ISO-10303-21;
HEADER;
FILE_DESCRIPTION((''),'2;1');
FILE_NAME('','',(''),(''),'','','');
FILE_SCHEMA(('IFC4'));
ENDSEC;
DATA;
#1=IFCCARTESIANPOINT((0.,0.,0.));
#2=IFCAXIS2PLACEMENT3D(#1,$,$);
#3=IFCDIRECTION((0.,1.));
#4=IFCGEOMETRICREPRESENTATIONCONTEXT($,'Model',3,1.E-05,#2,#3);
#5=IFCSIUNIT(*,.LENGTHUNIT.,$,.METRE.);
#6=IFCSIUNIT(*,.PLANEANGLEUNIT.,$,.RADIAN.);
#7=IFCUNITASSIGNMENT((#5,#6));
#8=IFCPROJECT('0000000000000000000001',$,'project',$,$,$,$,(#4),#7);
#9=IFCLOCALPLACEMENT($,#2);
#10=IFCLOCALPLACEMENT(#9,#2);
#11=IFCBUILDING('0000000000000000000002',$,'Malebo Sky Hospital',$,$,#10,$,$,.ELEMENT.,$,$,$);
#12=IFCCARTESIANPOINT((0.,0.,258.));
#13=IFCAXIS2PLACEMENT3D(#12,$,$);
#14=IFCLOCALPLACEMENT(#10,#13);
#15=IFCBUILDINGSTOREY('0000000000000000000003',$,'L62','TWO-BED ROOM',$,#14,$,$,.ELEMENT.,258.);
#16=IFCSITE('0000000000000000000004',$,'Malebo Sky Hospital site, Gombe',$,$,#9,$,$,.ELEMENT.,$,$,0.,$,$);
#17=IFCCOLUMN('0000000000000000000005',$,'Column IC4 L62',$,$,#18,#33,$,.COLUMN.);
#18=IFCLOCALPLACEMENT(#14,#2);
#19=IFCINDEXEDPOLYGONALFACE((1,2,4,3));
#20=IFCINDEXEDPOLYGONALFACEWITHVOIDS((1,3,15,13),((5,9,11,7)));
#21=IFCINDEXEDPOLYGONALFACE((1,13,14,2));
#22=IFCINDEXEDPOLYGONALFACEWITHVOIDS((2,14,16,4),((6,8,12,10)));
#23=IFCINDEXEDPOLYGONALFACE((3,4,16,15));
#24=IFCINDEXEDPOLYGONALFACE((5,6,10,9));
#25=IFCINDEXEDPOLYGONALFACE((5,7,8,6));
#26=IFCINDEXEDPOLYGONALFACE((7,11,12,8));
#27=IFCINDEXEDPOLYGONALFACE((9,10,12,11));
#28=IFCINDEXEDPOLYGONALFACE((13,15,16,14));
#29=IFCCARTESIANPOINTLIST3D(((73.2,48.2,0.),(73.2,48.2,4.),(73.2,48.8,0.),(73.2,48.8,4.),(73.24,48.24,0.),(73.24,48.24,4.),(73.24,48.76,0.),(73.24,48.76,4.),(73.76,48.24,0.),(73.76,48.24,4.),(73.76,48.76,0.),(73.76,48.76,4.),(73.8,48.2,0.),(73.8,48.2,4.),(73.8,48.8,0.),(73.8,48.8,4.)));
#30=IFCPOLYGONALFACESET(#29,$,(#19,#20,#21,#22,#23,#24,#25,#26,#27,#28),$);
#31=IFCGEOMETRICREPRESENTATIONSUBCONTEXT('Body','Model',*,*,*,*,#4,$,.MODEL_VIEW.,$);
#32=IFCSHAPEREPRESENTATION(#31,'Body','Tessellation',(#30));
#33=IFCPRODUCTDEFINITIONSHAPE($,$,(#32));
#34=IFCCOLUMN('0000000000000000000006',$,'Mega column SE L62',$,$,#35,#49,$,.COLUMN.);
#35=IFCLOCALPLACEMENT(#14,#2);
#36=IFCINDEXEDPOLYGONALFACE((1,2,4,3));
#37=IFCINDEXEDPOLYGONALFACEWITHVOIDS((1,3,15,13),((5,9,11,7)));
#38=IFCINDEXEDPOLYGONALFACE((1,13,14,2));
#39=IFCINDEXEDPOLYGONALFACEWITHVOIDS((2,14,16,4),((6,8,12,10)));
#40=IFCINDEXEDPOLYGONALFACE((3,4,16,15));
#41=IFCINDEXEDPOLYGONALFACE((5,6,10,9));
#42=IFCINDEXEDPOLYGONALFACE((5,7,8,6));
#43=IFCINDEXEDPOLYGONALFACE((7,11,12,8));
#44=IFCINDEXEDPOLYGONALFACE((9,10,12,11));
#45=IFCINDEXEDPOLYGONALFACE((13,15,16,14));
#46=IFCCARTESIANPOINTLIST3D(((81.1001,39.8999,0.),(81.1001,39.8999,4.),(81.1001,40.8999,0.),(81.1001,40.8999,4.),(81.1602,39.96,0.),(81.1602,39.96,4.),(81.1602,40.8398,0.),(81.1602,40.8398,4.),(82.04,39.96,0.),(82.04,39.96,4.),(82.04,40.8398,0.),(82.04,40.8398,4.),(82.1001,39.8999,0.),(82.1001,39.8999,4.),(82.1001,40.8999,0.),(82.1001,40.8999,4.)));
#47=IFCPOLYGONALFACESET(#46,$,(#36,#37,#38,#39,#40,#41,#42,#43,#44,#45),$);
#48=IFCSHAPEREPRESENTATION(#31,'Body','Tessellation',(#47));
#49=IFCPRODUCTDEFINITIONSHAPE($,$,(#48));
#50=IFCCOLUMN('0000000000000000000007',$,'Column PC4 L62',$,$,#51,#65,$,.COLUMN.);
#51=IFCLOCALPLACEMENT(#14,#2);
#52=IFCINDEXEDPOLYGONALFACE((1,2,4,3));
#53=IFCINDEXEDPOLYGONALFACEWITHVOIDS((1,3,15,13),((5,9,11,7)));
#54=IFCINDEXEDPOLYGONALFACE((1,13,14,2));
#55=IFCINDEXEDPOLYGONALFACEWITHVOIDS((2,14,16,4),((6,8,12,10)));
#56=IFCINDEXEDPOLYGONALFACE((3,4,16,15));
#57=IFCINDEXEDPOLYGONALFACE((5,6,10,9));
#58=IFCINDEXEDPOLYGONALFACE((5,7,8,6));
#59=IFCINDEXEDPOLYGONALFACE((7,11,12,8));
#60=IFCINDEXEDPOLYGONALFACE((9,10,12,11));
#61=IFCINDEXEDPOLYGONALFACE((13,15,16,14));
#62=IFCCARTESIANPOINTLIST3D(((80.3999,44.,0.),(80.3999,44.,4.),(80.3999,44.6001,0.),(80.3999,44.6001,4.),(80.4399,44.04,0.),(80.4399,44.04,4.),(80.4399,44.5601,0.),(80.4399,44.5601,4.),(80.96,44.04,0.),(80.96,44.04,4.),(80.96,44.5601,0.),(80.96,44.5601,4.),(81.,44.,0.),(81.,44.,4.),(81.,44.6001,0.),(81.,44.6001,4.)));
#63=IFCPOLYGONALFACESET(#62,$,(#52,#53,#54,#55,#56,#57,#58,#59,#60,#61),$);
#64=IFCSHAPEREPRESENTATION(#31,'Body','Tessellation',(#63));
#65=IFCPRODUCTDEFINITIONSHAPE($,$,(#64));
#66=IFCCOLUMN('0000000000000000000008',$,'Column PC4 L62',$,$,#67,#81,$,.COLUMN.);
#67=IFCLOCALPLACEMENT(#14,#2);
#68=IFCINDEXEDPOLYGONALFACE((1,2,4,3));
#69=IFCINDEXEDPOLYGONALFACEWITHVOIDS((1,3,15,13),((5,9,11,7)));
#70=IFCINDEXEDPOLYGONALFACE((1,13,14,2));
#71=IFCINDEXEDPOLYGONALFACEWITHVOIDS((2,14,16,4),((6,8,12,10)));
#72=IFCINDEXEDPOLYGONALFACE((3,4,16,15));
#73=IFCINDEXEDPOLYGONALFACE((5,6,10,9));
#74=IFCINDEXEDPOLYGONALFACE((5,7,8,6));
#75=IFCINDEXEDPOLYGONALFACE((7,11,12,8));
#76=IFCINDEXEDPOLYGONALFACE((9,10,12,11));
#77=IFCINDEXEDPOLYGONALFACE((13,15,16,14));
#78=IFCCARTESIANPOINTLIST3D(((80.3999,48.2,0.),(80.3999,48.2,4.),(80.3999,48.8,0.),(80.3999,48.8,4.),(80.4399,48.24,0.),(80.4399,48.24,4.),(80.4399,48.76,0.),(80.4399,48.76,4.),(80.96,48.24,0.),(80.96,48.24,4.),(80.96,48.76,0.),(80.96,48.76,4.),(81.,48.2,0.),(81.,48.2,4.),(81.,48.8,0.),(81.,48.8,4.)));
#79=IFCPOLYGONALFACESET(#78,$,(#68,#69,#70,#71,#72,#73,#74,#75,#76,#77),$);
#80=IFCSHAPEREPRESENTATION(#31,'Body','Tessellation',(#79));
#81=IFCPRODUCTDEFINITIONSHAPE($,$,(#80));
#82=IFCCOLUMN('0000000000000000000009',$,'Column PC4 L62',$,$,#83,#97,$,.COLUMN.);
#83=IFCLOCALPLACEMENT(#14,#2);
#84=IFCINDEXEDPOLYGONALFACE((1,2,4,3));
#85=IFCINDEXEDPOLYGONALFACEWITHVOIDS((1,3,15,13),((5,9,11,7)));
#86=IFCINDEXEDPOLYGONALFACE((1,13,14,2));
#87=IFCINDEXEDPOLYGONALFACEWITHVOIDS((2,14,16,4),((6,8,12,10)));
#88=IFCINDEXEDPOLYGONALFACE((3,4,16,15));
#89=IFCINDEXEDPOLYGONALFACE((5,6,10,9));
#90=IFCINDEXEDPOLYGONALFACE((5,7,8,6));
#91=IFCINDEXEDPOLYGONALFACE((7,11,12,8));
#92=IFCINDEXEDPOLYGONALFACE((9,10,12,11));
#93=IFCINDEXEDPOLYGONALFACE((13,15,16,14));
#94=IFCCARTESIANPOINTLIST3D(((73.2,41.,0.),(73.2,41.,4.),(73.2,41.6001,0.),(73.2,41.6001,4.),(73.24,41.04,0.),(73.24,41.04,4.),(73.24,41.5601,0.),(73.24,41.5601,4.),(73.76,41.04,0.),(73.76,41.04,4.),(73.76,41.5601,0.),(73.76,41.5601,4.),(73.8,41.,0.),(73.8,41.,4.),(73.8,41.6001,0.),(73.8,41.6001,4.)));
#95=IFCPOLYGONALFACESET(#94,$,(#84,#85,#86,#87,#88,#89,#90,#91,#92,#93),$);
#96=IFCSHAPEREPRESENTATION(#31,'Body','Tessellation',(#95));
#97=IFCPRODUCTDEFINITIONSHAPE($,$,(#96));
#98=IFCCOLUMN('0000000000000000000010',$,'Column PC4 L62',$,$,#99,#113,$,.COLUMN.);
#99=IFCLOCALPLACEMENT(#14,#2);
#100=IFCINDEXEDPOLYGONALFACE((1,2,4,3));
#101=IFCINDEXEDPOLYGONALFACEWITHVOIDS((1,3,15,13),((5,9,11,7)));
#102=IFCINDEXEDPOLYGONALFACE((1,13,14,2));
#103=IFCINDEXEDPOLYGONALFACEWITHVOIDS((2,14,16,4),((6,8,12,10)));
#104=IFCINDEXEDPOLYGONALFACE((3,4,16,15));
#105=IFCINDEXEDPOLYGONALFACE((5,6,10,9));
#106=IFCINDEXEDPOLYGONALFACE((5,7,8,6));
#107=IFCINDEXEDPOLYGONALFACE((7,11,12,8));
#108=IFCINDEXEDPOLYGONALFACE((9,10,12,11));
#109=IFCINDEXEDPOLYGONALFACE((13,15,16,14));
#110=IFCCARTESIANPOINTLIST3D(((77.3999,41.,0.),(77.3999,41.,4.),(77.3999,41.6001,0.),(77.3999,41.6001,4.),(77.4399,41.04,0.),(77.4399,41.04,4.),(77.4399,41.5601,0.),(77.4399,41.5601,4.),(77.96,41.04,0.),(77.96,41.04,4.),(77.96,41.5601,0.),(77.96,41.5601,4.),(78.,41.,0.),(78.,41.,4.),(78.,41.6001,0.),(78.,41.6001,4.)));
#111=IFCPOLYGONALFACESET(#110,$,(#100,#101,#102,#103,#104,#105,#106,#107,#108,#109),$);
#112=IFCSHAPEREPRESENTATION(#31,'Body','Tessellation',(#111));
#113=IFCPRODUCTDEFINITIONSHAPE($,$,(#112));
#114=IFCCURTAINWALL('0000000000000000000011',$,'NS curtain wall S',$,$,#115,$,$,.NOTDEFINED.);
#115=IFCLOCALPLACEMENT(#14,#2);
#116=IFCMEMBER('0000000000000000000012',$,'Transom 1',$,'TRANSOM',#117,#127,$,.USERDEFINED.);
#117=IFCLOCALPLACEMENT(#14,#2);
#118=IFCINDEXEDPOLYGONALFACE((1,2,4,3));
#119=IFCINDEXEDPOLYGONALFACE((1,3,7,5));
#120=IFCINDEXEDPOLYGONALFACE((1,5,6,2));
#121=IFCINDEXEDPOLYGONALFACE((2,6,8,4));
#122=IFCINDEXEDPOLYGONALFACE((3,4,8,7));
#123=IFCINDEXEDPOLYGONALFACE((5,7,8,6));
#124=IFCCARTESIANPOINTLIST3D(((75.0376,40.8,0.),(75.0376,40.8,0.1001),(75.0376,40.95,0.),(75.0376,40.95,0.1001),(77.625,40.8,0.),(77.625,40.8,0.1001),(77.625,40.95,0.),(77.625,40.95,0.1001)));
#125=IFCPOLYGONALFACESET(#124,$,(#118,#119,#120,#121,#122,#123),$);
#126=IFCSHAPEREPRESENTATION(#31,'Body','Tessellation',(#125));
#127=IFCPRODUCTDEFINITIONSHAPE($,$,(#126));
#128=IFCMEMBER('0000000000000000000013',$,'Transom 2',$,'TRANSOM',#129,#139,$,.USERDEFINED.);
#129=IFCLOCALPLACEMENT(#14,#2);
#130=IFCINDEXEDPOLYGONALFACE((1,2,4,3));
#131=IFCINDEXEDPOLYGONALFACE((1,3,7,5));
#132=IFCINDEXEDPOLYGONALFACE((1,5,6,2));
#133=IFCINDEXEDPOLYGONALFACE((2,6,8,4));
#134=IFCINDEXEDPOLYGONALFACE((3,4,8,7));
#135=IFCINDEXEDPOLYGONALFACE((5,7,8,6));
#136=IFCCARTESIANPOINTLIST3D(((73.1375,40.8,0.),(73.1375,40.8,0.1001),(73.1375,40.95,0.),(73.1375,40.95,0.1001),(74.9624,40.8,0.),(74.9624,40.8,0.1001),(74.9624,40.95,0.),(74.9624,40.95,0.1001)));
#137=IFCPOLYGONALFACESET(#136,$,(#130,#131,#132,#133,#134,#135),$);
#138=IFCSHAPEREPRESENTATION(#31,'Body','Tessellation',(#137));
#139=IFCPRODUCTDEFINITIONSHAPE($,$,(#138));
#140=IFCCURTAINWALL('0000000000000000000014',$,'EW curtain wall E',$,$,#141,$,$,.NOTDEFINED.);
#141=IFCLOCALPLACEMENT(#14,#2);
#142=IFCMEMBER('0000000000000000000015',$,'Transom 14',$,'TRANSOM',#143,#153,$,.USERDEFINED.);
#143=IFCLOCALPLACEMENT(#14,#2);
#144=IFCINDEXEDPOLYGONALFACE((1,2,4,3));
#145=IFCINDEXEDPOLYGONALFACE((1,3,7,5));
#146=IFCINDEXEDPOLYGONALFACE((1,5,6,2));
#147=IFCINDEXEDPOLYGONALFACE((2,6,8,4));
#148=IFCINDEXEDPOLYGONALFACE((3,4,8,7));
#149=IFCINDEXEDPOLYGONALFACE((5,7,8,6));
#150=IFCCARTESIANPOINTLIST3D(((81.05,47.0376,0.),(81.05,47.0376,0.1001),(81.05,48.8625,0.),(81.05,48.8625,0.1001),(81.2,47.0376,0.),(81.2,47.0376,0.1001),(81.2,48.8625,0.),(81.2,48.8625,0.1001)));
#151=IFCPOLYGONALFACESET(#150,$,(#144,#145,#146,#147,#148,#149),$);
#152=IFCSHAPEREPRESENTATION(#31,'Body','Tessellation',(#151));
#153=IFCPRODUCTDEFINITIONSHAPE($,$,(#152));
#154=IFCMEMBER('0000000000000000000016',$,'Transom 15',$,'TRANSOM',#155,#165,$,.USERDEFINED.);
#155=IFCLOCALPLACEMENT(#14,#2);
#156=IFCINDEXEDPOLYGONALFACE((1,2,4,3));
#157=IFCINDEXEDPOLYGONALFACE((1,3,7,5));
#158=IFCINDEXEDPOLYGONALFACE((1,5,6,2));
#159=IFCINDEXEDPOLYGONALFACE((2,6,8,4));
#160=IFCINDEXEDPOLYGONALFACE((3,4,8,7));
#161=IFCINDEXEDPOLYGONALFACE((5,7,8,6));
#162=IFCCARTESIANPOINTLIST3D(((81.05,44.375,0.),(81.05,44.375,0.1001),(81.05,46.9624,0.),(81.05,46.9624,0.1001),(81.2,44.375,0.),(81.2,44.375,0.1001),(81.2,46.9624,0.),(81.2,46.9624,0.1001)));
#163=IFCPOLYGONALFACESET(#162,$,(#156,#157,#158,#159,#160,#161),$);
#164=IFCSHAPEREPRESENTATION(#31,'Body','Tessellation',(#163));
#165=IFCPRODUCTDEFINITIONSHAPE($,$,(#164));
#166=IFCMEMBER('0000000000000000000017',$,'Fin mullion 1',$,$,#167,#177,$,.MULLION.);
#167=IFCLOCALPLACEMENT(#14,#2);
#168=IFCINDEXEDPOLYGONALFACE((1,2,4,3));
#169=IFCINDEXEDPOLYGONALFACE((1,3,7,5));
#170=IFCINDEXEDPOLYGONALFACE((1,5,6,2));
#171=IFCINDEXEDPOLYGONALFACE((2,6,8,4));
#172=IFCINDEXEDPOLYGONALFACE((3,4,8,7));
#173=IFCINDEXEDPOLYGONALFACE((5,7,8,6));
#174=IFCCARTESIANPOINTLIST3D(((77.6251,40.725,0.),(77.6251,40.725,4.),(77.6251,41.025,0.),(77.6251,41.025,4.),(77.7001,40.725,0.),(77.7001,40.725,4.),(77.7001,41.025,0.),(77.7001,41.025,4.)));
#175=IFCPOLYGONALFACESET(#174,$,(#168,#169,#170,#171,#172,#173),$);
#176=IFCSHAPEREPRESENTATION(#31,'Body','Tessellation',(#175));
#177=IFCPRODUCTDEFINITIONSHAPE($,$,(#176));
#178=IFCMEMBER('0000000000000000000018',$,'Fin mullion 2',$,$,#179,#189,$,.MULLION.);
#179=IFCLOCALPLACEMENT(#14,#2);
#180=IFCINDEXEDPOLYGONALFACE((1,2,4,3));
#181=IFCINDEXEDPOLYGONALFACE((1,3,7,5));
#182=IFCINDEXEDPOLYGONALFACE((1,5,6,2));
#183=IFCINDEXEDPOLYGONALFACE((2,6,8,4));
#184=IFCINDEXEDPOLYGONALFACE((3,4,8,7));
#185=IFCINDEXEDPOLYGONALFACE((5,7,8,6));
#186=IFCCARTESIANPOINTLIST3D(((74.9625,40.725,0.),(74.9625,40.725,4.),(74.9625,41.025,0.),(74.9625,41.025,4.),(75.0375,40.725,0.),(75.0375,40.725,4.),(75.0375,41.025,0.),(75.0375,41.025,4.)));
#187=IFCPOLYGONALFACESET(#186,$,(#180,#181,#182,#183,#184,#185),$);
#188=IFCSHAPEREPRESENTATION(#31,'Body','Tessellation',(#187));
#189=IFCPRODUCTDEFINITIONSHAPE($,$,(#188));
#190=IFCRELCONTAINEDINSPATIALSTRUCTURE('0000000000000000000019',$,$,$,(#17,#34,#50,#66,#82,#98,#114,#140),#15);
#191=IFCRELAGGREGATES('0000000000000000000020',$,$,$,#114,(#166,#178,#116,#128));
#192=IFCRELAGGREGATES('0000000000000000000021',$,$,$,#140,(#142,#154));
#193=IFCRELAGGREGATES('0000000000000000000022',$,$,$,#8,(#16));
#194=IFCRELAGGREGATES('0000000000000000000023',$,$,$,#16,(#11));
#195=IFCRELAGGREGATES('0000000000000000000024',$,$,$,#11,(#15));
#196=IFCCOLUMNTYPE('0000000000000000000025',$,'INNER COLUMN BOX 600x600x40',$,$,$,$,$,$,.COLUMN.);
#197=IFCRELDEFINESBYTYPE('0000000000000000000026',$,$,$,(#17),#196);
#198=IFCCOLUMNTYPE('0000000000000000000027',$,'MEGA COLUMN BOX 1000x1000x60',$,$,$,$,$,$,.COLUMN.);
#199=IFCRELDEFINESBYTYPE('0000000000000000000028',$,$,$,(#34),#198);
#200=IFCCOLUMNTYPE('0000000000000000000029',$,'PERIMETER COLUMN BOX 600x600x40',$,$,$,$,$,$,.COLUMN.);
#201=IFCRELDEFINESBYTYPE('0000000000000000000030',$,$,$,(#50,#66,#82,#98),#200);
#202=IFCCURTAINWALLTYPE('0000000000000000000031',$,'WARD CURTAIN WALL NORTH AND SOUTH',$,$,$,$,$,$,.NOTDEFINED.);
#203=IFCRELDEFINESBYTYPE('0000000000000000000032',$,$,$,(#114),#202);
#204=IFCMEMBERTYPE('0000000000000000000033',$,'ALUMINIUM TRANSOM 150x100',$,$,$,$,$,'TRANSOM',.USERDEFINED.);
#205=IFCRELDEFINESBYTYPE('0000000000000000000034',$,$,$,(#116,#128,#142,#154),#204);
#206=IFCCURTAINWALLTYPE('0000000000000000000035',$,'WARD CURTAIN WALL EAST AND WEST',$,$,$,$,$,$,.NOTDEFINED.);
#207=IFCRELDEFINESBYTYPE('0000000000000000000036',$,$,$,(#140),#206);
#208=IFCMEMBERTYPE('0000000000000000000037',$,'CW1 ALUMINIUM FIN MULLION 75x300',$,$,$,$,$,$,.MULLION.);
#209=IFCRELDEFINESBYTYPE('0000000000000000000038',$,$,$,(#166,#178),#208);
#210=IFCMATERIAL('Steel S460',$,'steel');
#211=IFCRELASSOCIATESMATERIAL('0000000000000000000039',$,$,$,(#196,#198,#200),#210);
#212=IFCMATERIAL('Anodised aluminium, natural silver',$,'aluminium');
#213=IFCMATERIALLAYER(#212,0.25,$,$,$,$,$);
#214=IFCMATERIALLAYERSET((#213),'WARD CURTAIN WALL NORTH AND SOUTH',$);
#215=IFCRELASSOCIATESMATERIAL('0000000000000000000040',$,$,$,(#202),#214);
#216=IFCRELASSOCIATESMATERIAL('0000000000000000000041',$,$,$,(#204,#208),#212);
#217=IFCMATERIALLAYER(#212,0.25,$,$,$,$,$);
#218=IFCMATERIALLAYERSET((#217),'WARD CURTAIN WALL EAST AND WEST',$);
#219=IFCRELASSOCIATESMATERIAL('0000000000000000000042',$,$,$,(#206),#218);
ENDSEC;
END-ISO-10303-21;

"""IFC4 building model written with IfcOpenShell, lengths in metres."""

from ifc_helpers import new_model, si_unit, direction, frame, origin, origin_2d, place, context, subcontext, project, spatial, rectangle, hollow_rectangle, extrude, material, layer, layer_set, material_profile, profile_set, type_object, element, aggregate, save


model = new_model("IFC4")

# Units and contexts
model_context = context("Model", 3, precision=1e-05, world=origin(), true_north=direction((0.0, 1.0)))
body_context = subcontext(model_context, "Body", "Model", "MODEL_VIEW")
ifc_project = project(units=[si_unit("LENGTHUNIT", "METRE"), si_unit("PLANEANGLEUNIT", "RADIAN")], contexts=[model_context])

# Site, building, storey
site_placement = place(None, origin())
site = spatial("IfcSite", under=ifc_project, at=site_placement, Name="Malebo Sky Hospital site, Gombe", CompositionType="ELEMENT", RefElevation=0.0)
building_placement = place(site_placement, origin())
building = spatial("IfcBuilding", under=site, at=building_placement, Name="Malebo Sky Hospital", CompositionType="ELEMENT")
storey_placement = place(building_placement, frame((0.0, 0.0, 258.0)))
storey = spatial("IfcBuildingStorey", under=building, at=storey_placement, Name="L62", Description="TWO-BED ROOM", CompositionType="ELEMENT", Elevation=258.0)

# Columns
ifc_material_1 = material(Name="Steel S460", Category="steel")
ifc_material_profile_1 = material_profile(ifc_material_1, hollow_rectangle(XDim=0.6001, YDim=0.6001, WallThickness=0.04, at=origin_2d()), Name="BOX 600x600x40")
ifc_profile_set_1 = profile_set([ifc_material_profile_1], Name="Steel S460")
column_type_1 = type_object("IfcColumnType", Name="INNER COLUMN BOX 600x600x40", PredefinedType="COLUMN", material=ifc_profile_set_1)
column_1_placement = place(storey_placement, frame((73.5, 48.5, 0.0), z_axis=(0.0, 0.0, 1.0), x_axis=(1.0, 0.0, 0.0)))
element("IfcColumn", 1, at=column_1_placement, inside=storey, type_object=column_type_1, Name="Column IC4 L62", PredefinedType="COLUMN", context=body_context, shape_type="SweptSolid", body=[
    extrude(hollow_rectangle(XDim=0.6001, YDim=0.6001, WallThickness=0.04, at=origin_2d()), origin(), (0.0, 0.0, 1.0), 4.0),
])
ifc_material_profile_2 = material_profile(ifc_material_1, hollow_rectangle(XDim=1.0, YDim=1.0, WallThickness=0.0601, at=origin_2d()), Name="BOX 1000x1000x60")
ifc_profile_set_2 = profile_set([ifc_material_profile_2], Name="Steel S460")
column_type_2 = type_object("IfcColumnType", Name="MEGA COLUMN BOX 1000x1000x60", PredefinedType="COLUMN", material=ifc_profile_set_2)
column_2_placement = place(storey_placement, frame((81.6001, 40.3999, 0.0), z_axis=(0.0, 0.0, 1.0), x_axis=(1.0, 0.0, 0.0)))
element("IfcColumn", 2, at=column_2_placement, inside=storey, type_object=column_type_2, Name="Mega column SE L62", PredefinedType="COLUMN", context=body_context, shape_type="SweptSolid", body=[
    extrude(hollow_rectangle(XDim=1.0, YDim=1.0, WallThickness=0.0601, at=origin_2d()), origin(), (0.0, 0.0, 1.0), 4.0),
])
ifc_material_profile_3 = material_profile(ifc_material_1, hollow_rectangle(XDim=0.6001, YDim=0.6001, WallThickness=0.04, at=origin_2d()), Name="BOX 600x600x40")
ifc_profile_set_3 = profile_set([ifc_material_profile_3], Name="Steel S460")
column_type_3 = type_object("IfcColumnType", Name="PERIMETER COLUMN BOX 600x600x40", PredefinedType="COLUMN", material=ifc_profile_set_3)
for number, where, z_axis, x_axis, name in (
    (3, (80.7, 44.3, 0.0), (0.0, 0.0, 1.0), (1.0, 0.0, 0.0), "Column PC4 L62"),
    (4, (80.7, 48.5, 0.0), (0.0, 0.0, 1.0), (1.0, 0.0, 0.0), "Column PC4 L62"),
    (5, (73.5, 41.3, 0.0), (0.0, 0.0, 1.0), (1.0, 0.0, 0.0), "Column PC4 L62"),
    (6, (77.7, 41.3, 0.0), (0.0, 0.0, 1.0), (1.0, 0.0, 0.0), "Column PC4 L62"),
):
    element("IfcColumn", number, at=place(storey_placement, frame(where, z_axis=z_axis, x_axis=x_axis)), inside=storey, type_object=column_type_3, Name=name, PredefinedType="COLUMN", context=body_context, shape_type="SweptSolid", body=[
        extrude(hollow_rectangle(XDim=0.6001, YDim=0.6001, WallThickness=0.04, at=origin_2d()), origin(), (0.0, 0.0, 1.0), 4.0),
    ])

# Curtain walls, members
ifc_material_2 = material(Name="Anodised aluminium, natural silver", Category="aluminium")
ifc_layer_1 = layer(ifc_material_2, 0.25)
ifc_layer_set_1 = layer_set([ifc_layer_1], Name="WARD CURTAIN WALL NORTH AND SOUTH")
curtain_wall_type_1 = type_object("IfcCurtainWallType", Name="WARD CURTAIN WALL NORTH AND SOUTH", PredefinedType="NOTDEFINED", material=ifc_layer_set_1)
curtain_wall_1_placement = place(storey_placement, origin())
curtain_wall_1 = element("IfcCurtainWall", 7, at=curtain_wall_1_placement, inside=storey, type_object=curtain_wall_type_1, Name="NS curtain wall S", PredefinedType="NOTDEFINED")
ifc_material_profile_4 = material_profile(ifc_material_2, rectangle(XDim=0.1499, YDim=0.1001, at=origin_2d()), Name="ALUMINIUM TRANSOM 150x100")
ifc_profile_set_4 = profile_set([ifc_material_profile_4], Name="Anodised aluminium, natural silver")
member_type_1 = type_object("IfcMemberType", Name="ALUMINIUM TRANSOM 150x100", ElementType="TRANSOM", PredefinedType="USERDEFINED", material=ifc_profile_set_4)
member_1_placement = place(storey_placement, frame((77.625, 40.875, 0.05), z_axis=(-1.0, 0.0, 0.0), x_axis=(0.0, -1.0, 0.0)))
member_1 = element("IfcMember", 8, at=member_1_placement, type_object=member_type_1, Name="Transom 1", ObjectType="TRANSOM", PredefinedType="USERDEFINED", context=body_context, shape_type="SweptSolid", body=[
    extrude(rectangle(XDim=0.1499, YDim=0.1001, at=origin_2d()), origin(), (0.0, 0.0, 1.0), 2.5874),
])
member_2_placement = place(storey_placement, frame((74.9624, 40.875, 0.05), z_axis=(-1.0, 0.0, 0.0), x_axis=(0.0, -1.0, 0.0)))
member_2 = element("IfcMember", 9, at=member_2_placement, type_object=member_type_1, Name="Transom 2", ObjectType="TRANSOM", PredefinedType="USERDEFINED", context=body_context, shape_type="SweptSolid", body=[
    extrude(rectangle(XDim=0.1499, YDim=0.1001, at=origin_2d()), origin(), (0.0, 0.0, 1.0), 1.825),
])
ifc_layer_2 = layer(ifc_material_2, 0.25)
ifc_layer_set_2 = layer_set([ifc_layer_2], Name="WARD CURTAIN WALL EAST AND WEST")
curtain_wall_type_2 = type_object("IfcCurtainWallType", Name="WARD CURTAIN WALL EAST AND WEST", PredefinedType="NOTDEFINED", material=ifc_layer_set_2)
curtain_wall_2_placement = place(storey_placement, origin())
curtain_wall_2 = element("IfcCurtainWall", 10, at=curtain_wall_2_placement, inside=storey, type_object=curtain_wall_type_2, Name="EW curtain wall E", PredefinedType="NOTDEFINED")
member_3_placement = place(storey_placement, frame((81.125, 48.8625, 0.05), z_axis=(0.0, -1.0, 0.0), x_axis=(1.0, 0.0, 0.0)))
member_3 = element("IfcMember", 11, at=member_3_placement, type_object=member_type_1, Name="Transom 14", ObjectType="TRANSOM", PredefinedType="USERDEFINED", context=body_context, shape_type="SweptSolid", body=[
    extrude(rectangle(XDim=0.1499, YDim=0.1001, at=origin_2d()), origin(), (0.0, 0.0, 1.0), 1.825),
])
member_4_placement = place(storey_placement, frame((81.125, 46.9624, 0.05), z_axis=(0.0, -1.0, 0.0), x_axis=(1.0, 0.0, 0.0)))
member_4 = element("IfcMember", 12, at=member_4_placement, type_object=member_type_1, Name="Transom 15", ObjectType="TRANSOM", PredefinedType="USERDEFINED", context=body_context, shape_type="SweptSolid", body=[
    extrude(rectangle(XDim=0.1499, YDim=0.1001, at=origin_2d()), origin(), (0.0, 0.0, 1.0), 2.5874),
])

# Members
ifc_material_profile_5 = material_profile(ifc_material_2, rectangle(XDim=0.075, YDim=0.3, at=origin_2d()), Name="CW1 ALUMINIUM FIN MULLION 75x300")
ifc_profile_set_5 = profile_set([ifc_material_profile_5], Name="Anodised aluminium, natural silver")
member_type_2 = type_object("IfcMemberType", Name="CW1 ALUMINIUM FIN MULLION 75x300", PredefinedType="MULLION", material=ifc_profile_set_5)
member_5_placement = place(storey_placement, frame((77.6626, 40.875, 0.0), z_axis=(0.0, 0.0, 1.0), x_axis=(-1.0, 0.0, 0.0)))
member_5 = element("IfcMember", 13, at=member_5_placement, type_object=member_type_2, Name="Fin mullion 1", PredefinedType="MULLION", context=body_context, shape_type="SweptSolid", body=[
    extrude(rectangle(XDim=0.075, YDim=0.3, at=origin_2d()), origin(), (0.0, 0.0, 1.0), 4.0),
])
member_6_placement = place(storey_placement, frame((75.0, 40.875, 0.0), z_axis=(0.0, 0.0, 1.0), x_axis=(-1.0, 0.0, 0.0)))
member_6 = element("IfcMember", 14, at=member_6_placement, type_object=member_type_2, Name="Fin mullion 2", PredefinedType="MULLION", context=body_context, shape_type="SweptSolid", body=[
    extrude(rectangle(XDim=0.075, YDim=0.3, at=origin_2d()), origin(), (0.0, 0.0, 1.0), 4.0),
])

aggregate(curtain_wall_1, [member_5, member_6, member_1, member_2])
aggregate(curtain_wall_2, [member_3, member_4])

save(model, "model.ifc")
